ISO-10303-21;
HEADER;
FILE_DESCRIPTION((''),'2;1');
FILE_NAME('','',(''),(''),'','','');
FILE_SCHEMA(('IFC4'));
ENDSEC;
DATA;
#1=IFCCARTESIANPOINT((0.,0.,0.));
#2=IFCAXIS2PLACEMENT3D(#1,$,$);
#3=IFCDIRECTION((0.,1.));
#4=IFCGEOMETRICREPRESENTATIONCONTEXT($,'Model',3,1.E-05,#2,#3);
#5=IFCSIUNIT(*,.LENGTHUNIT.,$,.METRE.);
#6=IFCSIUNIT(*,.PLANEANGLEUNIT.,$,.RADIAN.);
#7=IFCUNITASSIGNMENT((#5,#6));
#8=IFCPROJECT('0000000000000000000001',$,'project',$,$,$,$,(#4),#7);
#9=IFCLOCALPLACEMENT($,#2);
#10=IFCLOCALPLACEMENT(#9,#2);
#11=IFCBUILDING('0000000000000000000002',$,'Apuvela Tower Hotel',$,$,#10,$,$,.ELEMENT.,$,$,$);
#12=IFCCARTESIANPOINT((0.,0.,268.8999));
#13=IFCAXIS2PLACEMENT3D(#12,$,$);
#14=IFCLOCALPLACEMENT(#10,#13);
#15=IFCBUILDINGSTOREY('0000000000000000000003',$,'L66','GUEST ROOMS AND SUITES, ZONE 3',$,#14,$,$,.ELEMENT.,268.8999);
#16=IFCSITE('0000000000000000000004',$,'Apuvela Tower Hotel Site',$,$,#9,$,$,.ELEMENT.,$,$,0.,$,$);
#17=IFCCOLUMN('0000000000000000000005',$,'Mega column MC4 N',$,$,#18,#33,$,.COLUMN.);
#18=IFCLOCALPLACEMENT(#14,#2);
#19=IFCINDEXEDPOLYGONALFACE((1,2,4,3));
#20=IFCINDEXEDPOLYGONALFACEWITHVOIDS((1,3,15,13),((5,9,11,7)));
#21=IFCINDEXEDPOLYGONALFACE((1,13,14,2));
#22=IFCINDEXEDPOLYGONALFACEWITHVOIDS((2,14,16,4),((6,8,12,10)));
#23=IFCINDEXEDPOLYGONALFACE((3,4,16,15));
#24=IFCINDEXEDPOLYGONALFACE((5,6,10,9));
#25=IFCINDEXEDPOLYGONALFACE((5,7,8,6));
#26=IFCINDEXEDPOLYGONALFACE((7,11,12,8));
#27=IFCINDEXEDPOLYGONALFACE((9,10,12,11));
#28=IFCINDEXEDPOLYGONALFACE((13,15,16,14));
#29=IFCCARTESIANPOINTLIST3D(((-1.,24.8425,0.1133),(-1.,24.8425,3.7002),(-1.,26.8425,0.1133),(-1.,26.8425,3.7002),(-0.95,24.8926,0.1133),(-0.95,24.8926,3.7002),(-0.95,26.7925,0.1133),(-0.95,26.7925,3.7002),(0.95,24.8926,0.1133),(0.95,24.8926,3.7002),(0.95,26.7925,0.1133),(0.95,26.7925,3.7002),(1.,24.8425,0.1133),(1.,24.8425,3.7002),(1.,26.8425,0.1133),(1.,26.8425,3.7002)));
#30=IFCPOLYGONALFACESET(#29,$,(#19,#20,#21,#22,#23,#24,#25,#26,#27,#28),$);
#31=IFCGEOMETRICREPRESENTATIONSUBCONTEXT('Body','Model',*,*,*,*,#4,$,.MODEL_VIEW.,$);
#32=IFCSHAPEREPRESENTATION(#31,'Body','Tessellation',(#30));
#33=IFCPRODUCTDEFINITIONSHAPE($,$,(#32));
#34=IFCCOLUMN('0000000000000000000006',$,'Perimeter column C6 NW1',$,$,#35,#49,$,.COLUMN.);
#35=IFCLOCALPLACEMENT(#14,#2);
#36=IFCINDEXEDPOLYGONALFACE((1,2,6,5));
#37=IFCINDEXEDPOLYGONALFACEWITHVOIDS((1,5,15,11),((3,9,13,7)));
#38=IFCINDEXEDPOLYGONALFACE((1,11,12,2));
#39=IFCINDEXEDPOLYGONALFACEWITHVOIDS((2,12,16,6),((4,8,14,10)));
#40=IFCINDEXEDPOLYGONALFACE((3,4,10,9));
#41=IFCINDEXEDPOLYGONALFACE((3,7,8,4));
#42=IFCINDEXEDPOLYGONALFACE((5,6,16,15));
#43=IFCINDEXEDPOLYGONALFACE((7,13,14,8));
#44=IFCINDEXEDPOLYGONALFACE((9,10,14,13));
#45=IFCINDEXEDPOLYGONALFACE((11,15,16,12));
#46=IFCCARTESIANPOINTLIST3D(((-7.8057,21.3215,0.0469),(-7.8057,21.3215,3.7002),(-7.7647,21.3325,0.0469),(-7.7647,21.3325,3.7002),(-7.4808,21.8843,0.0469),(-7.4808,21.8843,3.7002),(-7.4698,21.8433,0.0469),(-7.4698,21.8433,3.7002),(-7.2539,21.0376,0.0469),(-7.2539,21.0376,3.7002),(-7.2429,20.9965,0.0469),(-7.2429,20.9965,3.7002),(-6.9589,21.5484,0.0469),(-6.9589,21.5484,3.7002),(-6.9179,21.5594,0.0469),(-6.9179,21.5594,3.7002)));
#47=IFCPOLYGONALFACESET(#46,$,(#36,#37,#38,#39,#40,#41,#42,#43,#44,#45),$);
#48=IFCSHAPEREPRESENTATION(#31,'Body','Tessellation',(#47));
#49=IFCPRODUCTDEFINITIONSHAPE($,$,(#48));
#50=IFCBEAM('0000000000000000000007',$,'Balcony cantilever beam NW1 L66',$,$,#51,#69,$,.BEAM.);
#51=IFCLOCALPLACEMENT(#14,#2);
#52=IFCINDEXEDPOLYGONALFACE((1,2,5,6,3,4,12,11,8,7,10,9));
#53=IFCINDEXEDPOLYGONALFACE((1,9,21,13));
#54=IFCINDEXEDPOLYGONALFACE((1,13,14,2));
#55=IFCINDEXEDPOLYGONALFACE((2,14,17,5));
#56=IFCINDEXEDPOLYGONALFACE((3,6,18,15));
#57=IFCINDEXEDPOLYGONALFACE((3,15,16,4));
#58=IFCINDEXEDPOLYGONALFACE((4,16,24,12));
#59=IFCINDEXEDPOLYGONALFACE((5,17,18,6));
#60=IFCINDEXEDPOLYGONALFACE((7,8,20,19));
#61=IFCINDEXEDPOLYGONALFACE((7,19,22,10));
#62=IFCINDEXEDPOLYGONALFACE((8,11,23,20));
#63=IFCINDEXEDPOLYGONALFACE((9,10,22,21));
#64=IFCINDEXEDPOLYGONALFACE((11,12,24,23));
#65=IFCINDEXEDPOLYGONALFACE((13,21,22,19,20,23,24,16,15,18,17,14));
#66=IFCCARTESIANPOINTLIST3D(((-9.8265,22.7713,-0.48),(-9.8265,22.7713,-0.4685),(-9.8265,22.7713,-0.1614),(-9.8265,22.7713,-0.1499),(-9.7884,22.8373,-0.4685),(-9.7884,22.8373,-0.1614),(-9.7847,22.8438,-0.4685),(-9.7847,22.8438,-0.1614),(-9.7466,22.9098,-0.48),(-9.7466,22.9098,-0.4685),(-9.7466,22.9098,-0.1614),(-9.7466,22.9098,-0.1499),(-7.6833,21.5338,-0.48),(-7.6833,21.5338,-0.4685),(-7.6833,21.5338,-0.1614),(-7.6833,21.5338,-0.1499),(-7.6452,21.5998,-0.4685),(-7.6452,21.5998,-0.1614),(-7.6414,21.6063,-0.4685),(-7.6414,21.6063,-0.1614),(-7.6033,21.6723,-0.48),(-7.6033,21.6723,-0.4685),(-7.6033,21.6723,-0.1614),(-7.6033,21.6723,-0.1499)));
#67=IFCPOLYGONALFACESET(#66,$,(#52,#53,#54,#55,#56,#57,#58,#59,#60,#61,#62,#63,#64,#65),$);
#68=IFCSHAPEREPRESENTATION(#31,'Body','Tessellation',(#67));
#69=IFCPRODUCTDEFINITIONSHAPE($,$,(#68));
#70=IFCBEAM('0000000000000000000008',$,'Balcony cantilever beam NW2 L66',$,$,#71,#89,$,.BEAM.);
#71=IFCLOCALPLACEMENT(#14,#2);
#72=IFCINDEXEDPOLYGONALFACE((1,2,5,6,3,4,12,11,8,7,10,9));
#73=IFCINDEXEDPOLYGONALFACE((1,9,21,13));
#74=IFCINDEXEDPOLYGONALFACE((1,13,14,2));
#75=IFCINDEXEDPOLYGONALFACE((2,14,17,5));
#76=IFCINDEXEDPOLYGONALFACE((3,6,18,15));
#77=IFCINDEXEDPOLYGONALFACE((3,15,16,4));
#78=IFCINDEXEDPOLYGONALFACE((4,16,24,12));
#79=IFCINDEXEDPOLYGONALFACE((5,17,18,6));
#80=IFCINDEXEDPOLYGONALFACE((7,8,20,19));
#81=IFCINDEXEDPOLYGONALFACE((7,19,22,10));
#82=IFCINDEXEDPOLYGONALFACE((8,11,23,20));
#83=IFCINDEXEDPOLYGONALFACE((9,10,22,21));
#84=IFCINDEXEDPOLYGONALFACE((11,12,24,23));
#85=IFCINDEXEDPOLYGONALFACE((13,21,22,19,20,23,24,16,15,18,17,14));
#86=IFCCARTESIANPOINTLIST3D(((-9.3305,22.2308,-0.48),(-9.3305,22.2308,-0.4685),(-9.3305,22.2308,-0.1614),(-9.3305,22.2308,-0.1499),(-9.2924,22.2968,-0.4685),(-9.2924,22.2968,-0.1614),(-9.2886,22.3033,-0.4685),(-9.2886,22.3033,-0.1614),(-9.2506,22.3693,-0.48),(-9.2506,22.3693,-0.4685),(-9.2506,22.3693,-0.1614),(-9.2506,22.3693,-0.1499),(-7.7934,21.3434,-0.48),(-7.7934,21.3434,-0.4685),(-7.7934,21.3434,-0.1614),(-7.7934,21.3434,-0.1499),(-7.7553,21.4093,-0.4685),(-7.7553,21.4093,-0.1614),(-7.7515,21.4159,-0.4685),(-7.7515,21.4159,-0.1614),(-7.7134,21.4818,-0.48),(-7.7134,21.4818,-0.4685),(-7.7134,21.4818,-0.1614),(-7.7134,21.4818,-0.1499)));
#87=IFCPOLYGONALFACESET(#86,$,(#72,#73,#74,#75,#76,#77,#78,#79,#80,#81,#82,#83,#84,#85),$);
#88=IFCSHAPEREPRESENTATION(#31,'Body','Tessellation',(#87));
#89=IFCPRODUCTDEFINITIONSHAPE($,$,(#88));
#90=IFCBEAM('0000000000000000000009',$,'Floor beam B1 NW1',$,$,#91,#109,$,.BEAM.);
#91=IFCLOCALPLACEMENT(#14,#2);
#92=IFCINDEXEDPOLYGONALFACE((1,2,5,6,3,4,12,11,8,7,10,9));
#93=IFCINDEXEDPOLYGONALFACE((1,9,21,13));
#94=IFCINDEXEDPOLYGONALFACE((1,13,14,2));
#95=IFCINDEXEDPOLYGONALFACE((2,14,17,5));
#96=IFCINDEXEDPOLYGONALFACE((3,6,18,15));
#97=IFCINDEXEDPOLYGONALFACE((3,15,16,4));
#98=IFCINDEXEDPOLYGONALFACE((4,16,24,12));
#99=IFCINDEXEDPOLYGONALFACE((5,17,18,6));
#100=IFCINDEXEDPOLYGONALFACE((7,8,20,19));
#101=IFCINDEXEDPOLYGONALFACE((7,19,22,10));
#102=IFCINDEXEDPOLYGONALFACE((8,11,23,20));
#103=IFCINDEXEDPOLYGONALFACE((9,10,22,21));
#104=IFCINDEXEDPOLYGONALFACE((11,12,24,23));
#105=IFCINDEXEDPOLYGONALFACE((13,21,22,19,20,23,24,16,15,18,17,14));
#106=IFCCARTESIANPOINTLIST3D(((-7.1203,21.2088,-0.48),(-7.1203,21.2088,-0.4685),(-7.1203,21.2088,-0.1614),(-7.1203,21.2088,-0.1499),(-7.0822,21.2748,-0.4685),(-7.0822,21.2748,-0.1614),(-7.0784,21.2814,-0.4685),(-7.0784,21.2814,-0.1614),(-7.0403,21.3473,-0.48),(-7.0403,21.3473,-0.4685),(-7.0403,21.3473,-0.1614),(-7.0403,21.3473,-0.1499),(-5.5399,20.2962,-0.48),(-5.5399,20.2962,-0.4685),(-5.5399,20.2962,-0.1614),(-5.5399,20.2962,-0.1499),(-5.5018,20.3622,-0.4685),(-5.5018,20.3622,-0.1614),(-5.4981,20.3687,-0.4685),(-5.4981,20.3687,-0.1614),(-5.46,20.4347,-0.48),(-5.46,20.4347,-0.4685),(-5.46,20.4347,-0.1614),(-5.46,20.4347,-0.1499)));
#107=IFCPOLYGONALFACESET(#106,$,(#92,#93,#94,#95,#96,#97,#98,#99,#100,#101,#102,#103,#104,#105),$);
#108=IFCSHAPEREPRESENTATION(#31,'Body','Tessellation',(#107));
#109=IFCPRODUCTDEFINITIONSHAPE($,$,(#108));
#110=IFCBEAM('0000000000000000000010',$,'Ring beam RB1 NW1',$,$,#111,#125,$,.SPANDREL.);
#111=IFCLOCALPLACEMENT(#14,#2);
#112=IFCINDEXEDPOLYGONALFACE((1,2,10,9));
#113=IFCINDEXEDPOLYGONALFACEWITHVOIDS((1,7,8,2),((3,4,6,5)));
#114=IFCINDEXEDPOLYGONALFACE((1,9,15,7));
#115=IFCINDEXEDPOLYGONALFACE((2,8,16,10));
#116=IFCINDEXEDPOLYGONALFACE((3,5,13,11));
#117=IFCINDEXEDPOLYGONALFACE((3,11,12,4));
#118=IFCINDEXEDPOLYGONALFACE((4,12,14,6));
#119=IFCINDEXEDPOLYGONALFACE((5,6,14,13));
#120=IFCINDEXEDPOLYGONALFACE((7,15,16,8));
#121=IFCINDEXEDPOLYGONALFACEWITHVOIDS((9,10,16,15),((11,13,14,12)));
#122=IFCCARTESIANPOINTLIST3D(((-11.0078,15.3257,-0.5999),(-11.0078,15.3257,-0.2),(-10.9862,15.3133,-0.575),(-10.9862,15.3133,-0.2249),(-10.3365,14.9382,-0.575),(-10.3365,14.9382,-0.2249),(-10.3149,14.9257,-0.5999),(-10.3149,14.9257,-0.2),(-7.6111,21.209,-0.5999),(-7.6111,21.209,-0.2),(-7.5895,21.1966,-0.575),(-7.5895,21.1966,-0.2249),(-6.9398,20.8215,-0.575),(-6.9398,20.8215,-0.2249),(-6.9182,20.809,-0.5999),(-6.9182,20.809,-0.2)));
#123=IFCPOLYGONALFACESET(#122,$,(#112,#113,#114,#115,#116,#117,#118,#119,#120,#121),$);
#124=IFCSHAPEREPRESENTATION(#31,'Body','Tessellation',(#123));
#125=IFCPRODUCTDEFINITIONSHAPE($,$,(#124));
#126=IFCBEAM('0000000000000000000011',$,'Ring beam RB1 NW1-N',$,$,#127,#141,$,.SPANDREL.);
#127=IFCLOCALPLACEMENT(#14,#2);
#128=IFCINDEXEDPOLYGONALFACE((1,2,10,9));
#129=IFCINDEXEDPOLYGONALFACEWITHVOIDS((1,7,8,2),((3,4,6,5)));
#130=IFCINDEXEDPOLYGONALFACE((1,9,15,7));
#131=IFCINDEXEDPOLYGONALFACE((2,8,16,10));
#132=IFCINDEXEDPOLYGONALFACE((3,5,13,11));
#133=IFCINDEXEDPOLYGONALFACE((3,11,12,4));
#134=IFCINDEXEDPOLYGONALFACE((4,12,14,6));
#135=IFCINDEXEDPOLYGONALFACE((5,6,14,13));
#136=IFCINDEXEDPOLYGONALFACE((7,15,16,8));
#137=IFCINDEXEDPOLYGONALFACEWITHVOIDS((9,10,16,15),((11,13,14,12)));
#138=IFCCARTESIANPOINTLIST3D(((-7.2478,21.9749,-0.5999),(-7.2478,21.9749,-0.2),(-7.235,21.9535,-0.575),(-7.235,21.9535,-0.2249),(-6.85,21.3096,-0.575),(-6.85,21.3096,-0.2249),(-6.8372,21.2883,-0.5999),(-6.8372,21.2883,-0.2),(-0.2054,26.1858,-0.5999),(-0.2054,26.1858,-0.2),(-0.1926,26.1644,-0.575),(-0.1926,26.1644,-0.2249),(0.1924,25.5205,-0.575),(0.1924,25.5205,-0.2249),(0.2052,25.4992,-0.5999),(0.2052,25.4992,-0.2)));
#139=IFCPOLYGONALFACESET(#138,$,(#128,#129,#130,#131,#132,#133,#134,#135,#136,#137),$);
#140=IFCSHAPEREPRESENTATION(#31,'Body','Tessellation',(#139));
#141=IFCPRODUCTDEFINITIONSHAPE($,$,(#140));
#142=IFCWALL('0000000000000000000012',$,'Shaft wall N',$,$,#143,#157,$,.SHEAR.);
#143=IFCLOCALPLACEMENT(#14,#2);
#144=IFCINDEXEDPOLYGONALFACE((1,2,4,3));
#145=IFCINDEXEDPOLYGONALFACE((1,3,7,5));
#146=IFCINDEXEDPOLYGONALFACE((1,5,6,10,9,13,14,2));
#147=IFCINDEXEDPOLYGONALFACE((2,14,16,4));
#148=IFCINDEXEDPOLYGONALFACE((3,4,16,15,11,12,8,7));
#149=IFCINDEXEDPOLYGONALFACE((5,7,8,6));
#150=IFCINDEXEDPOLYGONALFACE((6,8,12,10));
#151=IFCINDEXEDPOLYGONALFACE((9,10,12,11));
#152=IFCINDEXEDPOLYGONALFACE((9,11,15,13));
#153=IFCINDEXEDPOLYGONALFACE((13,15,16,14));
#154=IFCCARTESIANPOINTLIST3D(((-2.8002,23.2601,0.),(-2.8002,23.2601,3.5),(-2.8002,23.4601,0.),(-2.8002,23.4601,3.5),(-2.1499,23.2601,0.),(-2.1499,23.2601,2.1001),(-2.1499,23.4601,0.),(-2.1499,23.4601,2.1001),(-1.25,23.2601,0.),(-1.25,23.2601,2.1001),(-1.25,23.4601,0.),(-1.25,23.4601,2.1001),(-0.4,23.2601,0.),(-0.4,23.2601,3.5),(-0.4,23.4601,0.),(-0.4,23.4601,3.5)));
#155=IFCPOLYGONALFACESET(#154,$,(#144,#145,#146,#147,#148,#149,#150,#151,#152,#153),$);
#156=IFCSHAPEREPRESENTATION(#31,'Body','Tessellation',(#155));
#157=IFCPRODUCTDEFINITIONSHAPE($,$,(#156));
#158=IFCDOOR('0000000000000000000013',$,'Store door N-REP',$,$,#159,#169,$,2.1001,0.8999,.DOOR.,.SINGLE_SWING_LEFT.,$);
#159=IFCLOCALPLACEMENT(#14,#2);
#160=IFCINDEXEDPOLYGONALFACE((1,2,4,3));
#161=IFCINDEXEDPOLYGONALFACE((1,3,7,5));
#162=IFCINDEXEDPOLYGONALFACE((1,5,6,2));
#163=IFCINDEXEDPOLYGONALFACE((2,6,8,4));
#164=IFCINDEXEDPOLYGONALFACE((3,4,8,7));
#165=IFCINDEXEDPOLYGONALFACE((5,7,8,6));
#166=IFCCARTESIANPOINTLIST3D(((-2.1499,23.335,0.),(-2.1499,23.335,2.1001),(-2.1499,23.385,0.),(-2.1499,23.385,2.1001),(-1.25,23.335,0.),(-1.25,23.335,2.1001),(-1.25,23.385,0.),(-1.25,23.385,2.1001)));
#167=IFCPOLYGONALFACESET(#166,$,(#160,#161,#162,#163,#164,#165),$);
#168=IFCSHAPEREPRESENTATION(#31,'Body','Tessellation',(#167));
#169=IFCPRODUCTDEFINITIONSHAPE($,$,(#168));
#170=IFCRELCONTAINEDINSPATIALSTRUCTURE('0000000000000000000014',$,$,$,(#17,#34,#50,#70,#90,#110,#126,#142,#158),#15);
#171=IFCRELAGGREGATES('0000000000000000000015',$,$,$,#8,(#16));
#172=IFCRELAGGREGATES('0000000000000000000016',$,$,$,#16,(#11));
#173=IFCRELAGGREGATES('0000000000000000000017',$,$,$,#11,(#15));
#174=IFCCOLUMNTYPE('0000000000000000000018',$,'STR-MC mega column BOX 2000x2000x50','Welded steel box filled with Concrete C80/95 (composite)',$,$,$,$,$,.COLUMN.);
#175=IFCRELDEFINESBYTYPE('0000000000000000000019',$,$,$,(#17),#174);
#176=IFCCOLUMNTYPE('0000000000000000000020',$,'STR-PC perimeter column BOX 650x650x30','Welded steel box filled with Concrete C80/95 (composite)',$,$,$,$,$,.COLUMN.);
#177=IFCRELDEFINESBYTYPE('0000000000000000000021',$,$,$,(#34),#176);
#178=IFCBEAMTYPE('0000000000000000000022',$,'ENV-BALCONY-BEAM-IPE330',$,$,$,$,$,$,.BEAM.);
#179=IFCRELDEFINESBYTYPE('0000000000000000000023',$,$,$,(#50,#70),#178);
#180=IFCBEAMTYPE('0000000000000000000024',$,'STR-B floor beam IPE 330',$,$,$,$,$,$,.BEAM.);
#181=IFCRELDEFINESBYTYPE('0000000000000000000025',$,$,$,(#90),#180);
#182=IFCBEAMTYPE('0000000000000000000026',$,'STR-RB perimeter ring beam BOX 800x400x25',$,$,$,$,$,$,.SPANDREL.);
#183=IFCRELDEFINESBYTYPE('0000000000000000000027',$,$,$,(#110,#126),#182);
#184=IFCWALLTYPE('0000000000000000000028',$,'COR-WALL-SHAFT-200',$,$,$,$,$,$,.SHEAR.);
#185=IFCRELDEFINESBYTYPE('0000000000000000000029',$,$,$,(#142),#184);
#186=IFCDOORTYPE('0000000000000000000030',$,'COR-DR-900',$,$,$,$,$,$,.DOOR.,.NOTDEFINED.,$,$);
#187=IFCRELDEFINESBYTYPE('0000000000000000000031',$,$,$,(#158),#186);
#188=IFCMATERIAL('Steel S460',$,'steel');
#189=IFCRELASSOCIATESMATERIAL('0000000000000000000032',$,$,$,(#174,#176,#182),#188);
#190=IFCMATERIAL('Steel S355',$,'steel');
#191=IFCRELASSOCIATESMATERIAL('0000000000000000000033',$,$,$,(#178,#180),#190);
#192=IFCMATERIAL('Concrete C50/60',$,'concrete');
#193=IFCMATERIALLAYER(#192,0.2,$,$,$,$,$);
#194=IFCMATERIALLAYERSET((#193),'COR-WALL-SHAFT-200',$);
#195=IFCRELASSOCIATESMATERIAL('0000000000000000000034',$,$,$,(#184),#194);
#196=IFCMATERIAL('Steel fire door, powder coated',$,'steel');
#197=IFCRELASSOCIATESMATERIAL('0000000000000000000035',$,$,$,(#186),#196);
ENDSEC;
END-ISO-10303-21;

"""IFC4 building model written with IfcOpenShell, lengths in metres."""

from ifc_helpers import new_model, si_unit, direction, frame, frame_2d, origin, origin_2d, place, context, subcontext, project, spatial, rectangle, hollow_rectangle, i_section, extrude, boolean, halfspace, material, layer, layer_set, material_profile, profile_set, type_object, element, fill, save


model = new_model("IFC4")

# Units and contexts
model_context = context("Model", 3, precision=1e-05, world=origin(), true_north=direction((0.0, 1.0)))
body_context = subcontext(model_context, "Body", "Model", "MODEL_VIEW")
ifc_project = project(units=[si_unit("LENGTHUNIT", "METRE"), si_unit("PLANEANGLEUNIT", "RADIAN")], contexts=[model_context])

# Site, building, storey
site_placement = place(None, origin())
site = spatial("IfcSite", under=ifc_project, at=site_placement, Name="Apuvela Tower Hotel Site", CompositionType="ELEMENT", RefElevation=0.0)
building_placement = place(site_placement, origin())
building = spatial("IfcBuilding", under=site, at=building_placement, Name="Apuvela Tower Hotel", CompositionType="ELEMENT")
storey_placement = place(building_placement, frame((0.0, 0.0, 268.8999)))
storey = spatial("IfcBuildingStorey", under=building, at=storey_placement, Name="L66", Description="GUEST ROOMS AND SUITES, ZONE 3", CompositionType="ELEMENT", Elevation=268.8999)

# Columns
ifc_material_1 = material(Name="Steel S460", Category="steel")
ifc_material_profile_1 = material_profile(ifc_material_1, hollow_rectangle(XDim=2.0, YDim=2.0, WallThickness=0.05, at=origin_2d()), Name="BOX 2000x2000x50")
ifc_material_2 = material(Name="Concrete C80/95", Category="concrete")
ifc_material_profile_2 = material_profile(ifc_material_2, rectangle(XDim=1.8999, YDim=1.8999, at=origin_2d()), Name="Concrete C80/95 infill")
ifc_profile_set_1 = profile_set([ifc_material_profile_1, ifc_material_profile_2], Name="Steel S460")
column_type_1 = type_object("IfcColumnType", Name="STR-MC mega column BOX 2000x2000x50", Description="Welded steel box filled with Concrete C80/95 (composite)", PredefinedType="COLUMN", material=ifc_profile_set_1)
column_1_placement = place(storey_placement, frame((0.0, 25.8425, 0.0), z_axis=(0.0, 0.0, 1.0), x_axis=(1.0, 0.0, 0.0)))
element("IfcColumn", 1, at=column_1_placement, inside=storey, type_object=column_type_1, Name="Mega column MC4 N", PredefinedType="COLUMN", context=body_context, shape_type="SweptSolid", body=[
    boolean("DIFFERENCE", extrude(hollow_rectangle(XDim=2.0, YDim=2.0, WallThickness=0.05, at=origin_2d()), origin(), (0.0, 0.0, 1.0), 3.7002), halfspace(frame((0.0, 0.0, 0.1133), z_axis=(0.0, 0.0, 1.0), x_axis=(1.0, 0.0, 0.0)), True)),
])
ifc_material_profile_3 = material_profile(ifc_material_1, hollow_rectangle(XDim=0.6499, YDim=0.6499, WallThickness=0.03, at=origin_2d()), Name="BOX 650x650x30")
ifc_material_profile_4 = material_profile(ifc_material_2, rectangle(XDim=0.5901, YDim=0.5901, at=origin_2d()), Name="Concrete C80/95 infill")
ifc_profile_set_2 = profile_set([ifc_material_profile_3, ifc_material_profile_4], Name="Steel S460")
column_type_2 = type_object("IfcColumnType", Name="STR-PC perimeter column BOX 650x650x30", Description="Welded steel box filled with Concrete C80/95 (composite)", PredefinedType="COLUMN", material=ifc_profile_set_2)
column_2_placement = place(storey_placement, frame((-7.3618, 21.4404, 0.0), z_axis=(0.0, 0.0, 1.0), x_axis=(0.5, 0.866025, 0.0)))
element("IfcColumn", 2, at=column_2_placement, inside=storey, type_object=column_type_2, Name="Perimeter column C6 NW1", PredefinedType="COLUMN", context=body_context, shape_type="SweptSolid", body=[
    boolean("DIFFERENCE", extrude(hollow_rectangle(XDim=0.6499, YDim=0.6499, WallThickness=0.03, at=origin_2d()), origin(), (0.0, 0.0, 1.0), 3.7002), halfspace(frame((0.0, 0.0, 0.0469), z_axis=(0.0, 0.0, 1.0), x_axis=(1.0, 0.0, 0.0)), True)),
])

# Beams
ifc_material_3 = material(Name="Steel S355", Category="steel")
ifc_material_profile_5 = material_profile(ifc_material_3, i_section(OverallWidth=0.1599, OverallDepth=0.3301, WebThickness=0.0076, FlangeThickness=0.0115, at=origin_2d()), Name="IPE 330")
ifc_profile_set_3 = profile_set([ifc_material_profile_5], Name="Steel S355")
beam_type_1 = type_object("IfcBeamType", Name="ENV-BALCONY-BEAM-IPE330", PredefinedType="BEAM", material=ifc_profile_set_3)
beam_1_placement = place(storey_placement, frame((-7.6433, 21.603, -0.3149), z_axis=(-0.866007, 0.500033, 0.0), x_axis=(-0.500033, -0.866007, 0.0)))
element("IfcBeam", 3, at=beam_1_placement, inside=storey, type_object=beam_type_1, Name="Balcony cantilever beam NW1 L66", PredefinedType="BEAM", context=body_context, shape_type="SweptSolid", body=[
    extrude(i_section(OverallWidth=0.1599, OverallDepth=0.3301, WebThickness=0.0076, FlangeThickness=0.0115, at=origin_2d()), origin(), (0.0, 0.0, 1.0), 2.4749),
])
beam_2_placement = place(storey_placement, frame((-7.7534, 21.4126, -0.3149), z_axis=(-0.866025, 0.5, 0.0), x_axis=(-0.5, -0.866025, 0.0)))
element("IfcBeam", 4, at=beam_2_placement, inside=storey, type_object=beam_type_1, Name="Balcony cantilever beam NW2 L66", PredefinedType="BEAM", context=body_context, shape_type="SweptSolid", body=[
    extrude(i_section(OverallWidth=0.1599, OverallDepth=0.3301, WebThickness=0.0076, FlangeThickness=0.0115, at=origin_2d()), origin(), (0.0, 0.0, 1.0), 1.7749),
])
ifc_material_profile_6 = material_profile(ifc_material_3, i_section(OverallWidth=0.1599, OverallDepth=0.3301, WebThickness=0.0076, FlangeThickness=0.0115, at=origin_2d()), Name="IPE 330")
ifc_profile_set_4 = profile_set([ifc_material_profile_6], Name="Steel S355")
beam_type_2 = type_object("IfcBeamType", Name="STR-B floor beam IPE 330", PredefinedType="BEAM", material=ifc_profile_set_4)
beam_3_placement = place(storey_placement, frame((-7.0803, 21.2781, -0.3149), z_axis=(0.865978, -0.500081, 0.0), x_axis=(0.500081, 0.865978, 0.0)))
element("IfcBeam", 5, at=beam_3_placement, inside=storey, type_object=beam_type_2, Name="Floor beam B1 NW1", PredefinedType="BEAM", context=body_context, shape_type="SweptSolid", body=[
    extrude(i_section(OverallWidth=0.1599, OverallDepth=0.3301, WebThickness=0.0076, FlangeThickness=0.0115, at=origin_2d()), origin(), (0.0, 0.0, 1.0), 1.825),
])
ifc_material_profile_7 = material_profile(ifc_material_1, hollow_rectangle(XDim=0.8, YDim=0.3999, WallThickness=0.0249, at=origin_2d()), Name="BOX 800x400x25")
ifc_profile_set_5 = profile_set([ifc_material_profile_7], Name="Steel S460")
beam_type_3 = type_object("IfcBeamType", Name="STR-RB perimeter ring beam BOX 800x400x25", PredefinedType="SPANDREL", material=ifc_profile_set_5)
beam_4_placement = place(storey_placement, frame((-7.2646, 21.009, -0.3999), z_axis=(-0.5, -0.866025, 0.0), x_axis=(0.866025, -0.5, 0.0)))
element("IfcBeam", 6, at=beam_4_placement, inside=storey, type_object=beam_type_3, Name="Ring beam RB1 NW1", PredefinedType="SPANDREL", context=body_context, shape_type="SweptSolid", body=[
    extrude(hollow_rectangle(XDim=0.8, YDim=0.3999, WallThickness=0.0249, at=origin_2d()), origin(), (0.0, 0.0, 1.0), 6.7935),
])
beam_5_placement = place(storey_placement, frame((-7.0425, 21.6316, -0.3999), z_axis=(0.858274, 0.513191, 0.0), x_axis=(-0.513191, 0.858274, 0.0)))
element("IfcBeam", 7, at=beam_5_placement, inside=storey, type_object=beam_type_3, Name="Ring beam RB1 NW1-N", PredefinedType="SPANDREL", context=body_context, shape_type="SweptSolid", body=[
    extrude(hollow_rectangle(XDim=0.8, YDim=0.3999, WallThickness=0.0249, at=origin_2d()), origin(), (0.0, 0.0, 1.0), 8.2053),
])

# Wall, opening, door
ifc_material_4 = material(Name="Concrete C50/60", Category="concrete")
ifc_layer_1 = layer(ifc_material_4, 0.2)
ifc_layer_set_1 = layer_set([ifc_layer_1], Name="COR-WALL-SHAFT-200")
wall_type_1 = type_object("IfcWallType", Name="COR-WALL-SHAFT-200", PredefinedType="SHEAR", material=ifc_layer_set_1)
wall_1_placement = place(storey_placement, frame((-0.3999, 23.3601, 0.0), z_axis=(0.0, 0.0, 1.0), x_axis=(-1.0, 0.0, 0.0)))
wall_1 = element("IfcWall", 8, at=wall_1_placement, inside=storey, type_object=wall_type_1, Name="Shaft wall N", PredefinedType="SHEAR", context=body_context, shape_type="SweptSolid", body=[
    extrude(rectangle(XDim=2.4001, YDim=0.2, at=frame_2d((1.2002, 0.0))), origin(), (0.0, 0.0, 1.0), 3.5),
])
opening_1_placement = place(wall_1_placement, frame((0.8501, 0.0, 0.0)))
opening_1 = element("IfcOpeningElement", 9, at=opening_1_placement, cuts=wall_1, PredefinedType="OPENING", context=body_context, shape_type="SweptSolid", body=[
    extrude(rectangle(XDim=0.8999, YDim=2.1001, at=frame_2d((0.45, 1.05))), frame((0.0, 0.1099, 0.0), z_axis=(0.0, -1.0, 0.0), x_axis=(1.0, 0.0, 0.0)), (0.0, 0.0, 1.0), 0.22),
])
ifc_material_5 = material(Name="Steel fire door, powder coated", Category="steel")
door_type_1 = type_object("IfcDoorType", Name="COR-DR-900", OperationType="NOTDEFINED", PredefinedType="DOOR", material=ifc_material_5)
door_1_placement = place(opening_1_placement, frame((0.8999, 0.0, 0.0), z_axis=(0.0, 0.0, 1.0), x_axis=(-1.0, 0.0, 0.0)))
door_1 = element("IfcDoor", 10, at=door_1_placement, inside=storey, type_object=door_type_1, Name="Store door N-REP", OperationType="SINGLE_SWING_LEFT", OverallHeight=2.1001, OverallWidth=0.8999, PredefinedType="DOOR", context=body_context, shape_type="SweptSolid", body=[
    extrude(rectangle(XDim=0.8999, YDim=2.1001, at=frame_2d((0.45, 1.05))), frame((0.0, 0.0249, 0.0), z_axis=(0.0, -1.0, 0.0), x_axis=(1.0, 0.0, 0.0)), (0.0, 0.0, 1.0), 0.05),
])
fill(opening_1, door_1)

save(model, "model.ifc")
